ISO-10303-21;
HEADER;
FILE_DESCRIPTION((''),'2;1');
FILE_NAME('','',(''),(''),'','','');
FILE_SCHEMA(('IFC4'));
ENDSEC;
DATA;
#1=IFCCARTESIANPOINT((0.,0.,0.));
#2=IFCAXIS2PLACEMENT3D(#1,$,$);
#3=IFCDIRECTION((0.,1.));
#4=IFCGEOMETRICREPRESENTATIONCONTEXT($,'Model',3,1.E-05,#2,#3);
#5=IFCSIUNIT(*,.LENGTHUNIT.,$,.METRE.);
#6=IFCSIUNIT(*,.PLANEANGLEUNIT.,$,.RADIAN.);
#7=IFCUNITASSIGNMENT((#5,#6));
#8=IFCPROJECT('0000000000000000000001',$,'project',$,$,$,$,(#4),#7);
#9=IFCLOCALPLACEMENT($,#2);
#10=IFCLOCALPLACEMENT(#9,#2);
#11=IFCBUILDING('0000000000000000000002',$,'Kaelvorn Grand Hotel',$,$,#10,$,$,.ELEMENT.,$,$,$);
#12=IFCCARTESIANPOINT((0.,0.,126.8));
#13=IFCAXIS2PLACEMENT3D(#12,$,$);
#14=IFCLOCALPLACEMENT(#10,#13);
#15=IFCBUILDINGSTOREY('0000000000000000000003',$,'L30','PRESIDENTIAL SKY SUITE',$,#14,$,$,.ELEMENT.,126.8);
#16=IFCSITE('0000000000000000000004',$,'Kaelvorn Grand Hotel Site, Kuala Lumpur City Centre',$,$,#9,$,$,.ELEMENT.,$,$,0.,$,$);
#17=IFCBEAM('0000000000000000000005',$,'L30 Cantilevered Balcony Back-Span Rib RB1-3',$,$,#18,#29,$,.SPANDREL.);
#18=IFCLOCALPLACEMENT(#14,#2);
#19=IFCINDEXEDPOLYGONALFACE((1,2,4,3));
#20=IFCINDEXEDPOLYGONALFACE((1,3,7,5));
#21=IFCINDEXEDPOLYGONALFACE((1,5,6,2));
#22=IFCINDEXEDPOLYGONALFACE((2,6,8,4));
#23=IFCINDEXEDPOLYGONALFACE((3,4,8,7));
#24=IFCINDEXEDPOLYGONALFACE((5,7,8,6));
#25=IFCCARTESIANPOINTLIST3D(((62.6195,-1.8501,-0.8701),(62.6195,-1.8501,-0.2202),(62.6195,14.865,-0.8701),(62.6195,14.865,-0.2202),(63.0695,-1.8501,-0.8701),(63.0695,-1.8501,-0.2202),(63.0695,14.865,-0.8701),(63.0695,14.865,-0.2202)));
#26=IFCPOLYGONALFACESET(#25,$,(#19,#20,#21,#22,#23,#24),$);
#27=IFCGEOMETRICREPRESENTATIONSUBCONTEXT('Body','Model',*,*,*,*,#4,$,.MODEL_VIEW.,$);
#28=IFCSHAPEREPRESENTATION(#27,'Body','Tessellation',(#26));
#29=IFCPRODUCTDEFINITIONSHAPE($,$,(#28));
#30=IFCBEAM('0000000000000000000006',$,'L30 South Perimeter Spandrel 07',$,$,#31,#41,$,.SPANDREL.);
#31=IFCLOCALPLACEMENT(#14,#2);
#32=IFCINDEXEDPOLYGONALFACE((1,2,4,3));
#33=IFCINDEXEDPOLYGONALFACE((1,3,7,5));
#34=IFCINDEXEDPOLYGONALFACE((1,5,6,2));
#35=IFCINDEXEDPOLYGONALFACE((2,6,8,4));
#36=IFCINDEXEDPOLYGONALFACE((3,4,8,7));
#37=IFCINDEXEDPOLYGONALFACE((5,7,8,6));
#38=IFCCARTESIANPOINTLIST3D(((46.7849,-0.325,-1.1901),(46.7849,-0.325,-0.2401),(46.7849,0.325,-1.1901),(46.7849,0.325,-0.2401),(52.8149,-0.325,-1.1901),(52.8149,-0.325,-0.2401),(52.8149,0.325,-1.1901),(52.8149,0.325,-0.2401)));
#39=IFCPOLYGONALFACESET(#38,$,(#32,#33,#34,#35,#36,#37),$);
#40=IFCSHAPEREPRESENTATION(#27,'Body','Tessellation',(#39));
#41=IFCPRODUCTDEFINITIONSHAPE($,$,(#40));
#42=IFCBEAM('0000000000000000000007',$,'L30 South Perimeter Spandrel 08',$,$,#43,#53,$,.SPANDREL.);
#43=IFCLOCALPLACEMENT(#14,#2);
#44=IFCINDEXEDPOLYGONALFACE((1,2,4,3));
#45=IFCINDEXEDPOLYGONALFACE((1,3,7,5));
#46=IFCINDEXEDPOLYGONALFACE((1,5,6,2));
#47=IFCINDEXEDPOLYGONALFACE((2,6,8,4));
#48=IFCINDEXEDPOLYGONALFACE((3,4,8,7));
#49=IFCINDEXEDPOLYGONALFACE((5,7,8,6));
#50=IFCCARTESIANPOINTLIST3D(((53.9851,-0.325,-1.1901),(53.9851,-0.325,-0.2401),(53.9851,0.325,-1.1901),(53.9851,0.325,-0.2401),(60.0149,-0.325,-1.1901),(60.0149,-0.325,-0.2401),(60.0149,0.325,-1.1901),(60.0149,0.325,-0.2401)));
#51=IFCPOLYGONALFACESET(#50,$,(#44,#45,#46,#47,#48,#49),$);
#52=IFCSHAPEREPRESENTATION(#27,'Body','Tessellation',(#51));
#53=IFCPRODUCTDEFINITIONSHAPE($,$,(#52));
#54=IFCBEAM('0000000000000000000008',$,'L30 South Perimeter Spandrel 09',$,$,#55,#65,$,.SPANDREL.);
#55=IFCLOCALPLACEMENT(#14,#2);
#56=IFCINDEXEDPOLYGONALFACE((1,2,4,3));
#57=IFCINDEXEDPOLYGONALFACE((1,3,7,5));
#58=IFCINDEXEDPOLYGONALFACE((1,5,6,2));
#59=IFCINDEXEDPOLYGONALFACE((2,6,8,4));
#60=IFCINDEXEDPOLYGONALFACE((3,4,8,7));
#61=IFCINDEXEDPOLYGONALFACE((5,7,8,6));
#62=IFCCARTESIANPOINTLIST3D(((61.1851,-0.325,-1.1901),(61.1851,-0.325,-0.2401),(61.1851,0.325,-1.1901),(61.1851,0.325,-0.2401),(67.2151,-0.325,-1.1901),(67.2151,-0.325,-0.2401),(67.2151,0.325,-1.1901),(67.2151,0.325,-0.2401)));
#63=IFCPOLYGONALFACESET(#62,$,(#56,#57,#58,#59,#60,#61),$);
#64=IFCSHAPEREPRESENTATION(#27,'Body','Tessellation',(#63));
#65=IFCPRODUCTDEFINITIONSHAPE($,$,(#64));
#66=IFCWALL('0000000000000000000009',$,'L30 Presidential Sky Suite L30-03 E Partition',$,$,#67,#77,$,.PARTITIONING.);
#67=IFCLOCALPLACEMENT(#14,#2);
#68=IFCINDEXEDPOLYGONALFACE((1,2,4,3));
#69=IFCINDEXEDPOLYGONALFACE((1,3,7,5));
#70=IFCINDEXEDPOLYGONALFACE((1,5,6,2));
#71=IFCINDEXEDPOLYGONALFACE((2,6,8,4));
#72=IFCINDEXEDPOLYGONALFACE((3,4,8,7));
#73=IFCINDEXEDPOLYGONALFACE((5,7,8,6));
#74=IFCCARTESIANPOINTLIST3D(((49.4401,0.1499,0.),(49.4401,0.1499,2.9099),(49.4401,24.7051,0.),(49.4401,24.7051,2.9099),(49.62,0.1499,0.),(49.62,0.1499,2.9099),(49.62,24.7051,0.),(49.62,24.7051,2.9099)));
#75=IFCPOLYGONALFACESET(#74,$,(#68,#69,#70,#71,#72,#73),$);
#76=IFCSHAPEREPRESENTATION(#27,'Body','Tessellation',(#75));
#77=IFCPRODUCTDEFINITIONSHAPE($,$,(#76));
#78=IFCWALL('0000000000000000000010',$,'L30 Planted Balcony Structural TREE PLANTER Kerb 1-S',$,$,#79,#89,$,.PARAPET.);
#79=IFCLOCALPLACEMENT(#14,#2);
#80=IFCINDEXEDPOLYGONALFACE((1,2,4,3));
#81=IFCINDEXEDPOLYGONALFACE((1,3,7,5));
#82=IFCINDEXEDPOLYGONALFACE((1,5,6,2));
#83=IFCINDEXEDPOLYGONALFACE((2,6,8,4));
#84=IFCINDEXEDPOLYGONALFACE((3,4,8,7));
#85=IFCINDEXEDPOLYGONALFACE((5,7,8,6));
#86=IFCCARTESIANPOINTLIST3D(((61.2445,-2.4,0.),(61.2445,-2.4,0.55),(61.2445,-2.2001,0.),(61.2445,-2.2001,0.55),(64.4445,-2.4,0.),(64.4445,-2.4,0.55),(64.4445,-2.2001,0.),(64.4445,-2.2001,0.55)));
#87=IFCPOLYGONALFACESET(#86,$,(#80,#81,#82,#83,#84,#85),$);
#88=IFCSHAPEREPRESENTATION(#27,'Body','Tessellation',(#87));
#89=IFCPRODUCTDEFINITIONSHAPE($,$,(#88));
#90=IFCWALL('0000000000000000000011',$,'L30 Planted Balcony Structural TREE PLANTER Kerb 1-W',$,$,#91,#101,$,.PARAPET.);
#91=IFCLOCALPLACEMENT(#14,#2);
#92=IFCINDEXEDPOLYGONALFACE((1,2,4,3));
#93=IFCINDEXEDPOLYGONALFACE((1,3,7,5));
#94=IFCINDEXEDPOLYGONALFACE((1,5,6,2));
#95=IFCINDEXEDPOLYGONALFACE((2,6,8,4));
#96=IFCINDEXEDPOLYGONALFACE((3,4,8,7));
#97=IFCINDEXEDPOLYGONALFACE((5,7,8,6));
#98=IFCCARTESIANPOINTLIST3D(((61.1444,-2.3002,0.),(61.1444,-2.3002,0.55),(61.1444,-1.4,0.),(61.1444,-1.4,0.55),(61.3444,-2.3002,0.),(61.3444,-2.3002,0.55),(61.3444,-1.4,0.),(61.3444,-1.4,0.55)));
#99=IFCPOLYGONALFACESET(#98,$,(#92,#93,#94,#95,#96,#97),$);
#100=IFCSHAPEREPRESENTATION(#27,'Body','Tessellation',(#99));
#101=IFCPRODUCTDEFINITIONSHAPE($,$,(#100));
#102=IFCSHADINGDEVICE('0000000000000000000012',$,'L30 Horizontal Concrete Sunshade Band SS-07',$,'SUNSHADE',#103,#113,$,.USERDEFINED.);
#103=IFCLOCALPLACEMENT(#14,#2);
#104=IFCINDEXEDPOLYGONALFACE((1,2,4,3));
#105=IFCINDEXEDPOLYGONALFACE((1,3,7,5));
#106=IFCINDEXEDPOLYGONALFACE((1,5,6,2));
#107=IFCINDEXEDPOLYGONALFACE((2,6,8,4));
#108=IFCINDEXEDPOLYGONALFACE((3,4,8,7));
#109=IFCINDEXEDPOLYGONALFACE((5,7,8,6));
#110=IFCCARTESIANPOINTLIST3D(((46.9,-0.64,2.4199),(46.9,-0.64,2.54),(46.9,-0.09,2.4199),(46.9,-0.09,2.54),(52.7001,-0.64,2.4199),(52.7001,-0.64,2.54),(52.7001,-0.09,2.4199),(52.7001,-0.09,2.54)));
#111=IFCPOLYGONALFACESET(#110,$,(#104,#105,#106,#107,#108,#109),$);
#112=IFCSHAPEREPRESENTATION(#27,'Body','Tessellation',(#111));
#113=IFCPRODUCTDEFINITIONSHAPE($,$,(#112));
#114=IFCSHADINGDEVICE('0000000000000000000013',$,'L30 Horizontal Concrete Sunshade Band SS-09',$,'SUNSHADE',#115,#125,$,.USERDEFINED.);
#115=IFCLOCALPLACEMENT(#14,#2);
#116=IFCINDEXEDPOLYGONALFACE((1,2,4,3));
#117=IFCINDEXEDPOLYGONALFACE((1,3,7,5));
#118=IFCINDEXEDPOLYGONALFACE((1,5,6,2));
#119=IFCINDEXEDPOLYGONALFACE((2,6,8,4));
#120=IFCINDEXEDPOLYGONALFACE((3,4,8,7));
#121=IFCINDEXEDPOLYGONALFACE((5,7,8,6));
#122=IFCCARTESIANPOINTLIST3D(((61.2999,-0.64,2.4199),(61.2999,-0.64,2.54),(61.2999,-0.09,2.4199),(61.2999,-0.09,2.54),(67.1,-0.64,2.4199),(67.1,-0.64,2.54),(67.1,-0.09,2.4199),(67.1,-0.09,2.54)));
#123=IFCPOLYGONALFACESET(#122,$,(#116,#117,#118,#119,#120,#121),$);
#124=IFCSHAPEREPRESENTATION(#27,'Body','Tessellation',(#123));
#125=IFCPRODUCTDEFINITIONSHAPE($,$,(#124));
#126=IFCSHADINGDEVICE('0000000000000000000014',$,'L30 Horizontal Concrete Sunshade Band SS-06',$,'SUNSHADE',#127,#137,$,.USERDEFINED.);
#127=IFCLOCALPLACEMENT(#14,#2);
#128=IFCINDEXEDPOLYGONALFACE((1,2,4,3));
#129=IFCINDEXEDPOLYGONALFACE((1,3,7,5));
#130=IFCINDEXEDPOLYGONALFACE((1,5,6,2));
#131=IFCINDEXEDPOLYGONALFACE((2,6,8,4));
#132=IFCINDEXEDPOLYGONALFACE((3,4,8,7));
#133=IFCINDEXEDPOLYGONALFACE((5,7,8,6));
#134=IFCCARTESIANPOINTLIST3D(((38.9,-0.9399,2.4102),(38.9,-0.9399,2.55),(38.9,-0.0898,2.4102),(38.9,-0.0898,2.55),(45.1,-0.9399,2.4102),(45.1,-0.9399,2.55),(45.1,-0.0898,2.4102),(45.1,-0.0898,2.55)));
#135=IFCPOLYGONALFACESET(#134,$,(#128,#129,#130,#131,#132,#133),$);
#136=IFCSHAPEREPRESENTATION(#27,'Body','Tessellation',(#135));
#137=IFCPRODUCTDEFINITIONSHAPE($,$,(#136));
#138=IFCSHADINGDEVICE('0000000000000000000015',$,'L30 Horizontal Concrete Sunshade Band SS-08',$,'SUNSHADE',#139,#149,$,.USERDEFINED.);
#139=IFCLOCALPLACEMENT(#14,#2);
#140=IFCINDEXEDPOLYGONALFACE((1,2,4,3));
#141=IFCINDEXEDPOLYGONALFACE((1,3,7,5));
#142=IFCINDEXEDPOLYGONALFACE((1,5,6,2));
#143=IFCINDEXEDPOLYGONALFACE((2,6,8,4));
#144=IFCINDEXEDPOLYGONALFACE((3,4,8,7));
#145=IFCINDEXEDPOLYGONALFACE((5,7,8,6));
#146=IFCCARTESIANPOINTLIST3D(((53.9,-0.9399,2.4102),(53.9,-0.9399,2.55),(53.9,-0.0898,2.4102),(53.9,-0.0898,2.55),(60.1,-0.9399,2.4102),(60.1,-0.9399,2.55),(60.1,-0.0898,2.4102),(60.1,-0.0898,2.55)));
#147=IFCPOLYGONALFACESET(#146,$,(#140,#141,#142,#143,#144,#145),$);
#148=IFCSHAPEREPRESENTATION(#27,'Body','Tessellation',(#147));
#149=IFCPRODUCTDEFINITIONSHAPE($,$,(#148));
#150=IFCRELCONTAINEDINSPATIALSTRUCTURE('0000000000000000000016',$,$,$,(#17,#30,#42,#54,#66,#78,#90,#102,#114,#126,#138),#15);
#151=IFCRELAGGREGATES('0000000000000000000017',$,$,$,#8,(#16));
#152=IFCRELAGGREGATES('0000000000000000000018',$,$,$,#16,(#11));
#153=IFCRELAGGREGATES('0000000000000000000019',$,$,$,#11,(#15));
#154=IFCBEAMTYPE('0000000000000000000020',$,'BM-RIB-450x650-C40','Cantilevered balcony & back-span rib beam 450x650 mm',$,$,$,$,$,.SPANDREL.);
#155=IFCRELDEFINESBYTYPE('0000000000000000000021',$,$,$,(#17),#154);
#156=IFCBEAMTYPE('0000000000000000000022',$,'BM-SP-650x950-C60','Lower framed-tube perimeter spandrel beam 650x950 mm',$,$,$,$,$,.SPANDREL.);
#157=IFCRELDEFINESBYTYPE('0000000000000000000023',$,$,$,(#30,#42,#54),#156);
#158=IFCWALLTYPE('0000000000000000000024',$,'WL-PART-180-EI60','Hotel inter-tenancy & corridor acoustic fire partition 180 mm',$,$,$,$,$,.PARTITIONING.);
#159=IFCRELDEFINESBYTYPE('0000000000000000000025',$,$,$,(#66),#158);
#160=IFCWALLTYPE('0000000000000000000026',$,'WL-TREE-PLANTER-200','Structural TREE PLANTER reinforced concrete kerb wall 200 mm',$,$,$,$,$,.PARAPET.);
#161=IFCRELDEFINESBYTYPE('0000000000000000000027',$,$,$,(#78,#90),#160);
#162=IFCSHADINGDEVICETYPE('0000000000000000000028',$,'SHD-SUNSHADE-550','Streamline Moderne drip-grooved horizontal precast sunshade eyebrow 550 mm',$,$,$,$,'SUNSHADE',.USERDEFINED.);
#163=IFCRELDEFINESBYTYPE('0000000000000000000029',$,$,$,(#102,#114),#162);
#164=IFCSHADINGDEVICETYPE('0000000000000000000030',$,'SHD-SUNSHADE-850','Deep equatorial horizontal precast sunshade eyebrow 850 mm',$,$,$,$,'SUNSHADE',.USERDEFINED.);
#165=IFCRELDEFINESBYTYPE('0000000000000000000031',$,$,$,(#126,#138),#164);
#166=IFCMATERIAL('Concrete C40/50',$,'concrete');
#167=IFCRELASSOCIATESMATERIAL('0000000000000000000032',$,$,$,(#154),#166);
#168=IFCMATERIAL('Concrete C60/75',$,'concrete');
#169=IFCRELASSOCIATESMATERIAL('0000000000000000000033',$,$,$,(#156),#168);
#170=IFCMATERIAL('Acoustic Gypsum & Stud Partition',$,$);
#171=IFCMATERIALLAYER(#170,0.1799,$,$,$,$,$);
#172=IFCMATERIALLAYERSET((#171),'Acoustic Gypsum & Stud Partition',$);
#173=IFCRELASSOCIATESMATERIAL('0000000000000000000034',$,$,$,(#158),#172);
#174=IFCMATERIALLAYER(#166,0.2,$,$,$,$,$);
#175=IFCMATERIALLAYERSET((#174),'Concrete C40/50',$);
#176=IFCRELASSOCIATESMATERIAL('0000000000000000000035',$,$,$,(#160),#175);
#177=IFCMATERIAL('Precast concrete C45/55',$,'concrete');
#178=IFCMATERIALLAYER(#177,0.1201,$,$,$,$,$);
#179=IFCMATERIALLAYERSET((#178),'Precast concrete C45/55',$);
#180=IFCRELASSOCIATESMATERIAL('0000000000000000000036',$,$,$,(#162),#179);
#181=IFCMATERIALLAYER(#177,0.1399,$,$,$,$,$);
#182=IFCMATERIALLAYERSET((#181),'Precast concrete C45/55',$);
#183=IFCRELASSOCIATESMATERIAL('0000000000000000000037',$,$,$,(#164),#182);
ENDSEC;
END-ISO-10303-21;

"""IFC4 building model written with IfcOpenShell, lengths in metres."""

from ifc_helpers import new_model, si_unit, direction, frame, frame_2d, origin, origin_2d, place, context, subcontext, project, spatial, rectangle, extrude, material, layer, layer_set, material_profile, profile_set, type_object, element, save


model = new_model("IFC4")

# Units and contexts
model_context = context("Model", 3, precision=1e-05, world=origin(), true_north=direction((0.0, 1.0)))
body_context = subcontext(model_context, "Body", "Model", "MODEL_VIEW")
ifc_project = project(units=[si_unit("LENGTHUNIT", "METRE"), si_unit("PLANEANGLEUNIT", "RADIAN")], contexts=[model_context])

# Site, building, storey
site_placement = place(None, origin())
site = spatial("IfcSite", under=ifc_project, at=site_placement, Name="Kaelvorn Grand Hotel Site, Kuala Lumpur City Centre", CompositionType="ELEMENT", RefElevation=0.0)
building_placement = place(site_placement, origin())
building = spatial("IfcBuilding", under=site, at=building_placement, Name="Kaelvorn Grand Hotel", CompositionType="ELEMENT")
storey_placement = place(building_placement, frame((0.0, 0.0, 126.8)))
storey = spatial("IfcBuildingStorey", under=building, at=storey_placement, Name="L30", Description="PRESIDENTIAL SKY SUITE", CompositionType="ELEMENT", Elevation=126.8)

# Shared definitions
ifc_material_1 = material(Name="Concrete C60/75", Category="concrete")

# Beams
ifc_material_2 = material(Name="Concrete C40/50", Category="concrete")
ifc_material_profile_1 = material_profile(ifc_material_2, rectangle(XDim=0.45, YDim=0.6499, at=origin_2d()), Name="RC RIB 450x650")
ifc_profile_set_1 = profile_set([ifc_material_profile_1], Name="Concrete C40/50")
beam_type_1 = type_object("IfcBeamType", Name="BM-RIB-450x650-C40", Description="Cantilevered balcony & back-span rib beam 450x650 mm", PredefinedType="SPANDREL", material=ifc_profile_set_1)
beam_1_placement = place(storey_placement, frame((62.8445, -1.8501, -0.5452), z_axis=(0.0, 1.0, 0.0), x_axis=(-1.0, 0.0, 0.0)))
element("IfcBeam", 1, at=beam_1_placement, inside=storey, type_object=beam_type_1, Name="L30 Cantilevered Balcony Back-Span Rib RB1-3", PredefinedType="SPANDREL", context=body_context, shape_type="SweptSolid", body=[
    extrude(rectangle(XDim=0.45, YDim=0.6499, at=origin_2d()), origin(), (0.0, 0.0, 1.0), 16.7151),
])
ifc_material_profile_2 = material_profile(ifc_material_1, rectangle(XDim=0.6499, YDim=0.95, at=origin_2d()), Name="RC SPANDREL 650x950")
ifc_profile_set_2 = profile_set([ifc_material_profile_2], Name="Concrete C60/75")
beam_type_2 = type_object("IfcBeamType", Name="BM-SP-650x950-C60", Description="Lower framed-tube perimeter spandrel beam 650x950 mm", PredefinedType="SPANDREL", material=ifc_profile_set_2)
beam_2_placement = place(storey_placement, frame((46.7849, 0.0, -0.7151), z_axis=(1.0, 0.0, 0.0), x_axis=(0.0, 1.0, 0.0)))
element("IfcBeam", 2, at=beam_2_placement, inside=storey, type_object=beam_type_2, Name="L30 South Perimeter Spandrel 07", PredefinedType="SPANDREL", context=body_context, shape_type="SweptSolid", body=[
    extrude(rectangle(XDim=0.6499, YDim=0.95, at=origin_2d()), origin(), (0.0, 0.0, 1.0), 6.03),
])
beam_3_placement = place(storey_placement, frame((53.9851, 0.0, -0.7151), z_axis=(1.0, 0.0, 0.0), x_axis=(0.0, 1.0, 0.0)))
element("IfcBeam", 3, at=beam_3_placement, inside=storey, type_object=beam_type_2, Name="L30 South Perimeter Spandrel 08", PredefinedType="SPANDREL", context=body_context, shape_type="SweptSolid", body=[
    extrude(rectangle(XDim=0.6499, YDim=0.95, at=origin_2d()), origin(), (0.0, 0.0, 1.0), 6.0298),
])
beam_4_placement = place(storey_placement, frame((61.1851, 0.0, -0.7151), z_axis=(1.0, 0.0, 0.0), x_axis=(0.0, 1.0, 0.0)))
element("IfcBeam", 4, at=beam_4_placement, inside=storey, type_object=beam_type_2, Name="L30 South Perimeter Spandrel 09", PredefinedType="SPANDREL", context=body_context, shape_type="SweptSolid", body=[
    extrude(rectangle(XDim=0.6499, YDim=0.95, at=origin_2d()), origin(), (0.0, 0.0, 1.0), 6.03),
])

# Walls
ifc_material_3 = material(Name="Acoustic Gypsum & Stud Partition")
ifc_layer_1 = layer(ifc_material_3, 0.1799)
ifc_layer_set_1 = layer_set([ifc_layer_1], Name="Acoustic Gypsum & Stud Partition")
wall_type_1 = type_object("IfcWallType", Name="WL-PART-180-EI60", Description="Hotel inter-tenancy & corridor acoustic fire partition 180 mm", PredefinedType="PARTITIONING", material=ifc_layer_set_1)
wall_1_placement = place(storey_placement, frame((49.53, 0.1499, 0.0), z_axis=(0.0, 0.0, 1.0), x_axis=(0.0, 1.0, 0.0)))
element("IfcWall", 5, at=wall_1_placement, inside=storey, type_object=wall_type_1, Name="L30 Presidential Sky Suite L30-03 E Partition", PredefinedType="PARTITIONING", context=body_context, shape_type="SweptSolid", body=[
    extrude(rectangle(XDim=24.5552, YDim=0.1799, at=frame_2d((12.2776, 0.0))), origin(), (0.0, 0.0, 1.0), 2.9099),
])
ifc_layer_2 = layer(ifc_material_2, 0.2)
ifc_layer_set_2 = layer_set([ifc_layer_2], Name="Concrete C40/50")
wall_type_2 = type_object("IfcWallType", Name="WL-TREE-PLANTER-200", Description="Structural TREE PLANTER reinforced concrete kerb wall 200 mm", PredefinedType="PARAPET", material=ifc_layer_set_2)
wall_2_placement = place(storey_placement, frame((61.2444, -2.3, 0.0), z_axis=(0.0, 0.0, 1.0), x_axis=(1.0, 0.0, 0.0)))
element("IfcWall", 6, at=wall_2_placement, inside=storey, type_object=wall_type_2, Name="L30 Planted Balcony Structural TREE PLANTER Kerb 1-S", PredefinedType="PARAPET", context=body_context, shape_type="SweptSolid", body=[
    extrude(rectangle(XDim=3.2, YDim=0.2, at=frame_2d((1.6001, 0.0))), origin(), (0.0, 0.0, 1.0), 0.55),
])
wall_3_placement = place(storey_placement, frame((61.2444, -1.3999, 0.0), z_axis=(0.0, 0.0, 1.0), x_axis=(0.0, -1.0, 0.0)))
element("IfcWall", 7, at=wall_3_placement, inside=storey, type_object=wall_type_2, Name="L30 Planted Balcony Structural TREE PLANTER Kerb 1-W", PredefinedType="PARAPET", context=body_context, shape_type="SweptSolid", body=[
    extrude(rectangle(XDim=0.9001, YDim=0.2, at=frame_2d((0.4502, 0.0))), origin(), (0.0, 0.0, 1.0), 0.55),
])

# Shading devices
ifc_material_4 = material(Name="Precast concrete C45/55", Category="concrete")
ifc_layer_3 = layer(ifc_material_4, 0.1201)
ifc_layer_set_3 = layer_set([ifc_layer_3], Name="Precast concrete C45/55")
shading_device_type_1 = type_object("IfcShadingDeviceType", Name="SHD-SUNSHADE-550", Description="Streamline Moderne drip-grooved horizontal precast sunshade eyebrow 550 mm", ElementType="SUNSHADE", PredefinedType="USERDEFINED", material=ifc_layer_set_3)
for number, where, z_axis, x_axis, name in (
    (8, (49.8, -0.365, 2.4199), (0.0, 0.0, 1.0), (1.0, 0.0, 0.0), "L30 Horizontal Concrete Sunshade Band SS-07"),
    (9, (64.2, -0.365, 2.4199), (0.0, 0.0, 1.0), (1.0, 0.0, 0.0), "L30 Horizontal Concrete Sunshade Band SS-09"),
):
    element("IfcShadingDevice", number, at=place(storey_placement, frame(where, z_axis=z_axis, x_axis=x_axis)), inside=storey, type_object=shading_device_type_1, Name=name, ObjectType="SUNSHADE", PredefinedType="USERDEFINED", context=body_context, shape_type="SweptSolid", body=[
        extrude(rectangle(XDim=5.8, YDim=0.55, at=origin_2d()), origin(), (0.0, 0.0, 1.0), 0.1201),
    ])
ifc_layer_4 = layer(ifc_material_4, 0.1399)
ifc_layer_set_4 = layer_set([ifc_layer_4], Name="Precast concrete C45/55")
shading_device_type_2 = type_object("IfcShadingDeviceType", Name="SHD-SUNSHADE-850", Description="Deep equatorial horizontal precast sunshade eyebrow 850 mm", ElementType="SUNSHADE", PredefinedType="USERDEFINED", material=ifc_layer_set_4)
for number, where, z_axis, x_axis, name in (
    (10, (42.0, -0.5149, 2.4102), (0.0, 0.0, 1.0), (1.0, 0.0, 0.0), "L30 Horizontal Concrete Sunshade Band SS-06"),
    (11, (57.0, -0.5149, 2.4102), (0.0, 0.0, 1.0), (1.0, 0.0, 0.0), "L30 Horizontal Concrete Sunshade Band SS-08"),
):
    element("IfcShadingDevice", number, at=place(storey_placement, frame(where, z_axis=z_axis, x_axis=x_axis)), inside=storey, type_object=shading_device_type_2, Name=name, ObjectType="SUNSHADE", PredefinedType="USERDEFINED", context=body_context, shape_type="SweptSolid", body=[
        extrude(rectangle(XDim=6.2, YDim=0.8501, at=origin_2d()), origin(), (0.0, 0.0, 1.0), 0.1399),
    ])

save(model, "model.ifc")
